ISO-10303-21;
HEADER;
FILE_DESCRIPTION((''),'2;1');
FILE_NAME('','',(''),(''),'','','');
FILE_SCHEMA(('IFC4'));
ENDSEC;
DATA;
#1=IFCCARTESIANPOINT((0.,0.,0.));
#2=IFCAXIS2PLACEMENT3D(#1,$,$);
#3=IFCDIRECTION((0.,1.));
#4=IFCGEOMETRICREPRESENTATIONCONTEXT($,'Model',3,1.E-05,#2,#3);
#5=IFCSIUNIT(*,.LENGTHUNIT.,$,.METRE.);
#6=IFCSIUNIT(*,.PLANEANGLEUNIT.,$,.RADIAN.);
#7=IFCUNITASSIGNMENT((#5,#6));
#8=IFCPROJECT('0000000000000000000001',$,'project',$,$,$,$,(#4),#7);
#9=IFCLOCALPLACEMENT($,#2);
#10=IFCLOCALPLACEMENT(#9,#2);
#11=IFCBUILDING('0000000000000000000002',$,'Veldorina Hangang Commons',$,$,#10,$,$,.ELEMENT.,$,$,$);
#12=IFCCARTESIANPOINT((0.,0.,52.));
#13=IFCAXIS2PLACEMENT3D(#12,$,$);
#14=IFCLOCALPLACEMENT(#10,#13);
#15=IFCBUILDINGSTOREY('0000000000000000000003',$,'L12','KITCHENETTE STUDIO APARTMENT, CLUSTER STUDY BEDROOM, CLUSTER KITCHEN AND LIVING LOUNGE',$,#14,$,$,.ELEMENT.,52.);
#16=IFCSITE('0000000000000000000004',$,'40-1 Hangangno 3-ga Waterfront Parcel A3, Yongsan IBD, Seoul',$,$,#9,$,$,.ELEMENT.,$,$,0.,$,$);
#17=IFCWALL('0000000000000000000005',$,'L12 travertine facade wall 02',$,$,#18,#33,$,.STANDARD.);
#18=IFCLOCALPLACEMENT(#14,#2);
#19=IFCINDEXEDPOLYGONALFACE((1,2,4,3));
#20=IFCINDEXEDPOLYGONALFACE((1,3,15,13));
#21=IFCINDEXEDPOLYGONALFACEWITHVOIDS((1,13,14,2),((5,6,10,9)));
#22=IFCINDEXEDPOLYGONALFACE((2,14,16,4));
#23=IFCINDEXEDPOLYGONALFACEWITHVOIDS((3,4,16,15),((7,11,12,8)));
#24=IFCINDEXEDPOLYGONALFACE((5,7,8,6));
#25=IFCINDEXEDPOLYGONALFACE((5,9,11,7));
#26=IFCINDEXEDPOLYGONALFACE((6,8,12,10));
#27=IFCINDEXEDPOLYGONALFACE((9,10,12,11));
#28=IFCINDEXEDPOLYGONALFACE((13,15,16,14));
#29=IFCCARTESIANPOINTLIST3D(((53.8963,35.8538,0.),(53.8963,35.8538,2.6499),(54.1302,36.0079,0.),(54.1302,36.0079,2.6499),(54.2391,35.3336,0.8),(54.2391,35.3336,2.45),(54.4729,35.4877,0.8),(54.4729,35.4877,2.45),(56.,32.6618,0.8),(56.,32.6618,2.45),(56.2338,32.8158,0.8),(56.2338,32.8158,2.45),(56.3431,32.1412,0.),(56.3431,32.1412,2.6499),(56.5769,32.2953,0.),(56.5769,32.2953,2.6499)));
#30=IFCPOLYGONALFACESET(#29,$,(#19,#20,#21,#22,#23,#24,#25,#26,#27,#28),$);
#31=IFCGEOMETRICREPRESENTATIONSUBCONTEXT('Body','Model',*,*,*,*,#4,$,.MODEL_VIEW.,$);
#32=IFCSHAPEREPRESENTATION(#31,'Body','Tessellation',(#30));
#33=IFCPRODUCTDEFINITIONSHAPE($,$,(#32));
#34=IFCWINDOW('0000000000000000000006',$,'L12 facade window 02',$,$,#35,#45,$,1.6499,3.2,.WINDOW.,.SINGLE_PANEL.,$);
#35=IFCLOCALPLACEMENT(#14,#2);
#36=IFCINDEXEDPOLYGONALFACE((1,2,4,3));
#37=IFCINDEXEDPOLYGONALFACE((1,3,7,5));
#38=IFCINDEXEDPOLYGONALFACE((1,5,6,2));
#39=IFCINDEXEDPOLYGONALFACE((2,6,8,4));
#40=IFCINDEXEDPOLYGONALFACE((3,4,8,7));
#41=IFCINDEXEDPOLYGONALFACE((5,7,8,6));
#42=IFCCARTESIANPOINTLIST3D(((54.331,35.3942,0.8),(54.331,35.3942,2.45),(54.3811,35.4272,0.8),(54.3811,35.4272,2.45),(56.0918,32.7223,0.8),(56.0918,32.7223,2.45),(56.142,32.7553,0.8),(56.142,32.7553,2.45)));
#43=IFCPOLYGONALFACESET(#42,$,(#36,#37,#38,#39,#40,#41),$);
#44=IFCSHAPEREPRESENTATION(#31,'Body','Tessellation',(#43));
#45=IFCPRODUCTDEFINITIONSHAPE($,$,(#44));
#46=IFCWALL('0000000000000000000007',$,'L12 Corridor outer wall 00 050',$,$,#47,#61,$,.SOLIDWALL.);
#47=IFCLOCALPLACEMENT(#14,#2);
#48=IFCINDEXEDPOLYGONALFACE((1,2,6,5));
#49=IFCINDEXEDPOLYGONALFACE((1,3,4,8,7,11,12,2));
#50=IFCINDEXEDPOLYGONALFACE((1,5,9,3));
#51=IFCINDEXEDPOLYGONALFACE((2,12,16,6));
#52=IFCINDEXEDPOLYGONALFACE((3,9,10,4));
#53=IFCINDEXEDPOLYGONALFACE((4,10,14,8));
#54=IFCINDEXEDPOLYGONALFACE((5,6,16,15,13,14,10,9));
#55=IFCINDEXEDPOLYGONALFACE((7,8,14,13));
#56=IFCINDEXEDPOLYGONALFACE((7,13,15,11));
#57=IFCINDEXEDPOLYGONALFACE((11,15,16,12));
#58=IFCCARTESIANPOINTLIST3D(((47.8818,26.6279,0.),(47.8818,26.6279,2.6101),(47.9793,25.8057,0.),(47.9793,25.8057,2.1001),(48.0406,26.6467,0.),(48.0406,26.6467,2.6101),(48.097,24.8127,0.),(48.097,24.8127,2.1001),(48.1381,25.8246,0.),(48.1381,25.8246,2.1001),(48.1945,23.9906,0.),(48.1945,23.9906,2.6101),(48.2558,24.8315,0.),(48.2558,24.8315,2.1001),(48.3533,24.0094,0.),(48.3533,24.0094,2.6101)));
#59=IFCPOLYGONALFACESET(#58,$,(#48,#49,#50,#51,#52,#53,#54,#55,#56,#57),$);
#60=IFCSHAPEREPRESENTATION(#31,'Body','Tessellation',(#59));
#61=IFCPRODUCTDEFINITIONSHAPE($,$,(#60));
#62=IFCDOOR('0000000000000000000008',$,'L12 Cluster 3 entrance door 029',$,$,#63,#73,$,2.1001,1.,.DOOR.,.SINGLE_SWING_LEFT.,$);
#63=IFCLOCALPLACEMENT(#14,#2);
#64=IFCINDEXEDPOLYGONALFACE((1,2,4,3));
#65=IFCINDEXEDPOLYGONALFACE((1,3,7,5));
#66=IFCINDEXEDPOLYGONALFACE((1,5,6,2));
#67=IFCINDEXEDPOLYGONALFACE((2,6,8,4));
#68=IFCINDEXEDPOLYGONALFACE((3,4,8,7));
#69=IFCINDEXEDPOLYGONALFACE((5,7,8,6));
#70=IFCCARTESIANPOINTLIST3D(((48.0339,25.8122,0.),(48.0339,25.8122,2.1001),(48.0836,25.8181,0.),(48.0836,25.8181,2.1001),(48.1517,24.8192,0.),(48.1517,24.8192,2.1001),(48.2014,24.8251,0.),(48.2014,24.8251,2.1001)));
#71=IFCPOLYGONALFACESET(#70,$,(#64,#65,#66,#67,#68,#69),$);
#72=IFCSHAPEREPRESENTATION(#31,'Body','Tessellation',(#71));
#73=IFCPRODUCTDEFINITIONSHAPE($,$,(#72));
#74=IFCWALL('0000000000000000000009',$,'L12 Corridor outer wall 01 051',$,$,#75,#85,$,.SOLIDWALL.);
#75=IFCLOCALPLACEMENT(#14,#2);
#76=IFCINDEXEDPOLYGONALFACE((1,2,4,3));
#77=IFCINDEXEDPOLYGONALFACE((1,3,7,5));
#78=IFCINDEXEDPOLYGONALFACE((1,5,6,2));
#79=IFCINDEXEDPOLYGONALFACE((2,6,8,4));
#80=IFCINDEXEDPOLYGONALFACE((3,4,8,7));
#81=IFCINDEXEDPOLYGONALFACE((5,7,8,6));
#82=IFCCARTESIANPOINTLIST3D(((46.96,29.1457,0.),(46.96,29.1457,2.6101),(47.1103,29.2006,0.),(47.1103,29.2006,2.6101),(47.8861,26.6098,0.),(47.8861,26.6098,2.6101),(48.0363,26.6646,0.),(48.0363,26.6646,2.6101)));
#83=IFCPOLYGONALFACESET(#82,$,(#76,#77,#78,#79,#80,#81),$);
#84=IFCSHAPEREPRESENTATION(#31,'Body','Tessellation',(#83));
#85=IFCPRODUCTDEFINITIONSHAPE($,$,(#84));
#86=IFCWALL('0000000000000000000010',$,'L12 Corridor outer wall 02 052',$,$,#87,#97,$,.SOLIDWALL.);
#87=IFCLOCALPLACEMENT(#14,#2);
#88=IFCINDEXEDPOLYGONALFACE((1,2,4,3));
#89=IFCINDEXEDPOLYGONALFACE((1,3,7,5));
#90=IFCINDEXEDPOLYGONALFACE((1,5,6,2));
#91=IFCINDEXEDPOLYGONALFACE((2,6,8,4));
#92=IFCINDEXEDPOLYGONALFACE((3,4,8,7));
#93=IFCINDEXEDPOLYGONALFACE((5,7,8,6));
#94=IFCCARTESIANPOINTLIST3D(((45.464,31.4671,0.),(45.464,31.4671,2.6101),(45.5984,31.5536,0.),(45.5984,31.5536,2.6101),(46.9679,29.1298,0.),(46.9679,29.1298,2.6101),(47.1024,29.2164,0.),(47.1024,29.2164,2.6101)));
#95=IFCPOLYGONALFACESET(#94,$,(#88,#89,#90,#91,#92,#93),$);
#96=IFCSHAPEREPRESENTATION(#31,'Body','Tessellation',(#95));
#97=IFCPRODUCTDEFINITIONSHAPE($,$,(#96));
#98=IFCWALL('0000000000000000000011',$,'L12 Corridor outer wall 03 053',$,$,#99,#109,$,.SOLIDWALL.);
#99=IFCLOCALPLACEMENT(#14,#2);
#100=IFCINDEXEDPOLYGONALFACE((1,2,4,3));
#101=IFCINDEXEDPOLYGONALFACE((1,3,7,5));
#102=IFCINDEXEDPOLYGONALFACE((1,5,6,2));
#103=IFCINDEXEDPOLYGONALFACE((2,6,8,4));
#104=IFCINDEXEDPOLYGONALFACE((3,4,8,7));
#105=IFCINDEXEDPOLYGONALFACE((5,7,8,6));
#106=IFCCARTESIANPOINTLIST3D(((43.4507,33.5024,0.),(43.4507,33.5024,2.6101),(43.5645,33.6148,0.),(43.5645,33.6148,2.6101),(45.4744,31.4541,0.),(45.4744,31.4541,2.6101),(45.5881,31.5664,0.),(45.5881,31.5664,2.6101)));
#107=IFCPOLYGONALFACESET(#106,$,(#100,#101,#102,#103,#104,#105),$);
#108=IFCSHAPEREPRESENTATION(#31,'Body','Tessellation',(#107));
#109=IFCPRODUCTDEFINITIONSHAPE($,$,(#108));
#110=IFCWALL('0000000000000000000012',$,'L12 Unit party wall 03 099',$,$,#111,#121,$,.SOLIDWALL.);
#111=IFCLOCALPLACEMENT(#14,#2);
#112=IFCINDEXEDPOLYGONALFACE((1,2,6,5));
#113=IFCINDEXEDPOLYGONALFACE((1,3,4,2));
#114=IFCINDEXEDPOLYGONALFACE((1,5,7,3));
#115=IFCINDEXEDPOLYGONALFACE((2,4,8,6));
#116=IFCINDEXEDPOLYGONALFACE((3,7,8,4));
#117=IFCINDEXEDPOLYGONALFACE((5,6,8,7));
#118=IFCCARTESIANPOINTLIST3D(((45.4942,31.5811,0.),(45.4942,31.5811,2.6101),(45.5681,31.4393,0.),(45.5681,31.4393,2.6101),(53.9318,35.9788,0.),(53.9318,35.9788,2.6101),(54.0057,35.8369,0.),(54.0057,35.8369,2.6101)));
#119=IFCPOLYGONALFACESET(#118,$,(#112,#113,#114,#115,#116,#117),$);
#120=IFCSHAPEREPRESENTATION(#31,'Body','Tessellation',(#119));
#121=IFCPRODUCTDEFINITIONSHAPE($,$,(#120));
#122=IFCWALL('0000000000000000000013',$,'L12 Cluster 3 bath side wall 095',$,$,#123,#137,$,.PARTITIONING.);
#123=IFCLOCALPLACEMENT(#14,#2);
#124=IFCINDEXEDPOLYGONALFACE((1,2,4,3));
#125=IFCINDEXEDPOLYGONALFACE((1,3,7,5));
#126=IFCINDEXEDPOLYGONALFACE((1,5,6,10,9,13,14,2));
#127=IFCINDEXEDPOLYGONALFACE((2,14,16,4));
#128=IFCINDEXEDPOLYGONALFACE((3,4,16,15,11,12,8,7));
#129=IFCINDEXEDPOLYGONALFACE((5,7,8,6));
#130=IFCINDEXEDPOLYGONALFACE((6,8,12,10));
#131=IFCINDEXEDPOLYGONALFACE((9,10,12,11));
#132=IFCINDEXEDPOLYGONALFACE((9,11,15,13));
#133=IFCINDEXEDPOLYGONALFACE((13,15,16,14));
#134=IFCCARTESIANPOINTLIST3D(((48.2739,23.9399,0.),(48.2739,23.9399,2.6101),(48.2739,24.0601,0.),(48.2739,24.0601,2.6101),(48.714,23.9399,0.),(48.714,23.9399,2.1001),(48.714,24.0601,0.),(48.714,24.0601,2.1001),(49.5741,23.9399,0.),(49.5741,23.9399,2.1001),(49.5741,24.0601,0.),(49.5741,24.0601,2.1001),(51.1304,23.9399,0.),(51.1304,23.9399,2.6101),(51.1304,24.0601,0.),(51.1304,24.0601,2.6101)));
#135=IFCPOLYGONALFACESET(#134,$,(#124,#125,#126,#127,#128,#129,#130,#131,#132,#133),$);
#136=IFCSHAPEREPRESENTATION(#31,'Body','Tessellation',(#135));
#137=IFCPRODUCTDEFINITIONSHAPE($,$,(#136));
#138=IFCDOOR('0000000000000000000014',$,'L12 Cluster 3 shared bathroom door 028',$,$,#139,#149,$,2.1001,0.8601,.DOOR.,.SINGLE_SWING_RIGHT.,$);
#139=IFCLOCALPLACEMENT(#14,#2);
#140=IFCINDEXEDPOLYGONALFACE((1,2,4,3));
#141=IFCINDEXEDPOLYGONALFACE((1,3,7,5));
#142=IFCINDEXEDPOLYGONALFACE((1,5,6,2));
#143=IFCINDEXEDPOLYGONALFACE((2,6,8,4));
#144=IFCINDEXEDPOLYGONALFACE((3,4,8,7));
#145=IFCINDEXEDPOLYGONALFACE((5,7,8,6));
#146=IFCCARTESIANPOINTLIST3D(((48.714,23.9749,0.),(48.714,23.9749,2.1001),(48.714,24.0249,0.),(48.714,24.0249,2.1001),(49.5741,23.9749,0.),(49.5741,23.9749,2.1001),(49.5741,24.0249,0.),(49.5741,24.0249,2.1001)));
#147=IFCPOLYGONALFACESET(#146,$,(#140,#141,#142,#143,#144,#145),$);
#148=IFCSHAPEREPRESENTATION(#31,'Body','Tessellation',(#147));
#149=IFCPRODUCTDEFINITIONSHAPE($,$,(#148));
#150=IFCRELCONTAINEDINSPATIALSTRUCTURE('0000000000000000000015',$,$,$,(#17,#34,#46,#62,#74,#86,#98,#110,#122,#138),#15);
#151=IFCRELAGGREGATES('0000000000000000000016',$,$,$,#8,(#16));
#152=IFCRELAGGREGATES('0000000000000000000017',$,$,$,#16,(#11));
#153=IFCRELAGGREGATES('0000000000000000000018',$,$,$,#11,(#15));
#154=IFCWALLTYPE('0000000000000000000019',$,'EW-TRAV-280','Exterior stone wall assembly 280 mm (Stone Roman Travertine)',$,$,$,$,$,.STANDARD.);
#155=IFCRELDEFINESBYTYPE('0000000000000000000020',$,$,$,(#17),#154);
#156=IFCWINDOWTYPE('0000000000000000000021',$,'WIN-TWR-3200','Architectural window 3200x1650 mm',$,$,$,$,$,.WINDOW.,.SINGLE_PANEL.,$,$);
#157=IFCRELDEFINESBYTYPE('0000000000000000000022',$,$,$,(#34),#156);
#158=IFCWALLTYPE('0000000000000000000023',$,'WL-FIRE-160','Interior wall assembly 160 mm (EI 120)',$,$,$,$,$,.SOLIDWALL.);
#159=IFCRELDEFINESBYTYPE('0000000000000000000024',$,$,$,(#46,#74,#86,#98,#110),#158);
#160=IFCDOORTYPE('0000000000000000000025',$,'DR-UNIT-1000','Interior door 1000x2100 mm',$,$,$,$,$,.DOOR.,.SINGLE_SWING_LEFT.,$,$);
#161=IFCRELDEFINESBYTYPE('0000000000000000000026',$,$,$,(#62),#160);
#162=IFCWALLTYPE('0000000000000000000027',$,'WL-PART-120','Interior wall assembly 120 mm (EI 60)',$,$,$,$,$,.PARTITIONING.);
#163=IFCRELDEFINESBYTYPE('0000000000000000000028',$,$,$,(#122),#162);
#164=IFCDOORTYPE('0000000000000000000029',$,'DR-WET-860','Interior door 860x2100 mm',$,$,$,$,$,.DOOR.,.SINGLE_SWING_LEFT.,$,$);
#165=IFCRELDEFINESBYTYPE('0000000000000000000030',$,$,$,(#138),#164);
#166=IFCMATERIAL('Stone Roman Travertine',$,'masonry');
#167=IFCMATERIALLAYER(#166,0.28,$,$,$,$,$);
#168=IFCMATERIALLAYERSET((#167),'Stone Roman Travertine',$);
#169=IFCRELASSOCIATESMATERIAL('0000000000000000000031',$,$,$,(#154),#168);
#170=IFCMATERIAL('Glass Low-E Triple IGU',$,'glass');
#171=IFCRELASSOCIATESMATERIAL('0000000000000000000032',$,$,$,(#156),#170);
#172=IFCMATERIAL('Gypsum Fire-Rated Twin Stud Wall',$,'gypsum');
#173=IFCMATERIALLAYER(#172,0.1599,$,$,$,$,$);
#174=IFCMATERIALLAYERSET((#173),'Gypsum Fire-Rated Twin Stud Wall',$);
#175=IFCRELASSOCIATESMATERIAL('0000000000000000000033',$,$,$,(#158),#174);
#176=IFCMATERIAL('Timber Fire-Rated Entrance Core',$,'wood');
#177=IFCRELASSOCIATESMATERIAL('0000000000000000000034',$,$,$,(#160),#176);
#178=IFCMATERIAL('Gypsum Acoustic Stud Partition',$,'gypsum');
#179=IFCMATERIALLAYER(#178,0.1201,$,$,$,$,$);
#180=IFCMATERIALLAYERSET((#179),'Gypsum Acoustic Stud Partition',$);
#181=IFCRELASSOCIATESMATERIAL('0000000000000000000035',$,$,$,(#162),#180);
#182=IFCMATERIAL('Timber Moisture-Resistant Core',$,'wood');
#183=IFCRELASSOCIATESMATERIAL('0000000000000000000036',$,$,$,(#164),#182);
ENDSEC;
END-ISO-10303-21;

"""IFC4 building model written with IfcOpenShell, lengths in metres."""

from ifc_helpers import new_model, si_unit, direction, frame, frame_2d, origin, place, context, subcontext, project, spatial, rectangle, extrude, material, layer, layer_set, type_object, element, fill, save


model = new_model("IFC4")

# Units and contexts
model_context = context("Model", 3, precision=1e-05, world=origin(), true_north=direction((0.0, 1.0)))
body_context = subcontext(model_context, "Body", "Model", "MODEL_VIEW")
ifc_project = project(units=[si_unit("LENGTHUNIT", "METRE"), si_unit("PLANEANGLEUNIT", "RADIAN")], contexts=[model_context])

# Site, building, storey
site_placement = place(None, origin())
site = spatial("IfcSite", under=ifc_project, at=site_placement, Name="40-1 Hangangno 3-ga Waterfront Parcel A3, Yongsan IBD, Seoul", CompositionType="ELEMENT", RefElevation=0.0)
building_placement = place(site_placement, origin())
building = spatial("IfcBuilding", under=site, at=building_placement, Name="Veldorina Hangang Commons", CompositionType="ELEMENT")
storey_placement = place(building_placement, frame((0.0, 0.0, 52.0)))
storey = spatial("IfcBuildingStorey", under=building, at=storey_placement, Name="L12", Description="KITCHENETTE STUDIO APARTMENT, CLUSTER STUDY BEDROOM, CLUSTER KITCHEN AND LIVING LOUNGE", CompositionType="ELEMENT", Elevation=52.0)

# Shared definitions
ifc_material_1 = material(Name="Stone Roman Travertine", Category="masonry")
ifc_layer_1 = layer(ifc_material_1, 0.28)
ifc_layer_set_1 = layer_set([ifc_layer_1], Name="Stone Roman Travertine")
wall_type_1 = type_object("IfcWallType", Name="EW-TRAV-280", Description="Exterior stone wall assembly 280 mm (Stone Roman Travertine)", PredefinedType="STANDARD", material=ifc_layer_set_1)
ifc_material_2 = material(Name="Glass Low-E Triple IGU", Category="glass")

# Wall, opening, window
wall_1_placement = place(storey_placement, frame((56.46, 32.2183, 0.0), z_axis=(0.0, 0.0, 1.0), x_axis=(-0.550283, 0.834978, 0.0)))
wall_1 = element("IfcWall", 1, at=wall_1_placement, inside=storey, type_object=wall_type_1, Name="L12 travertine facade wall 02", PredefinedType="STANDARD", context=body_context, shape_type="SweptSolid", body=[
    extrude(rectangle(XDim=4.4463, YDim=0.28, at=frame_2d((2.2231, 0.0))), origin(), (0.0, 0.0, 1.0), 2.6499),
])
opening_1_placement = place(wall_1_placement, frame((0.6233, 0.0, 0.8)))
opening_1 = element("IfcOpeningElement", 2, at=opening_1_placement, cuts=wall_1, PredefinedType="OPENING", context=body_context, shape_type="SweptSolid", body=[
    extrude(rectangle(XDim=3.2, YDim=1.6499, at=frame_2d((1.6001, 0.825))), frame((0.0, 0.1499, 0.0), z_axis=(0.0, -1.0, 0.0), x_axis=(1.0, 0.0, 0.0)), (0.0, 0.0, 1.0), 0.3),
])
window_type_1 = type_object("IfcWindowType", Name="WIN-TWR-3200", Description="Architectural window 3200x1650 mm", PartitioningType="SINGLE_PANEL", PredefinedType="WINDOW", material=ifc_material_2)
window_1_placement = place(opening_1_placement, origin())
window_1 = element("IfcWindow", 3, at=window_1_placement, inside=storey, type_object=window_type_1, Name="L12 facade window 02", OverallHeight=1.6499, OverallWidth=3.2, PartitioningType="SINGLE_PANEL", PredefinedType="WINDOW", context=body_context, shape_type="SweptSolid", body=[
    extrude(rectangle(XDim=3.2, YDim=1.6499, at=frame_2d((1.6001, 0.825))), frame((0.0, 0.03, 0.0), z_axis=(0.0, -1.0, 0.0), x_axis=(1.0, 0.0, 0.0)), (0.0, 0.0, 1.0), 0.0601),
])
fill(opening_1, window_1)

# Wall, opening, door
ifc_material_3 = material(Name="Gypsum Fire-Rated Twin Stud Wall", Category="gypsum")
ifc_layer_2 = layer(ifc_material_3, 0.1599)
ifc_layer_set_2 = layer_set([ifc_layer_2], Name="Gypsum Fire-Rated Twin Stud Wall")
wall_type_2 = type_object("IfcWallType", Name="WL-FIRE-160", Description="Interior wall assembly 160 mm (EI 120)", PredefinedType="SOLIDWALL", material=ifc_layer_set_2)
wall_2_placement = place(storey_placement, frame((48.2739, 24.0, 0.0), z_axis=(0.0, 0.0, 1.0), x_axis=(-0.117764, 0.993042, 0.0)))
wall_2 = element("IfcWall", 4, at=wall_2_placement, inside=storey, type_object=wall_type_2, Name="L12 Corridor outer wall 00 050", PredefinedType="SOLIDWALL", context=body_context, shape_type="SweptSolid", body=[
    extrude(rectangle(XDim=2.6558, YDim=0.1599, at=frame_2d((1.3279, 0.0))), origin(), (0.0, 0.0, 1.0), 2.6101),
])
opening_2_placement = place(wall_2_placement, frame((0.8279, 0.0, 0.0)))
opening_2 = element("IfcOpeningElement", 5, at=opening_2_placement, cuts=wall_2, PredefinedType="OPENING", context=body_context, shape_type="SweptSolid", body=[
    extrude(rectangle(XDim=1.0, YDim=2.1001, at=frame_2d((0.5, 1.05))), frame((0.0, 0.0898, 0.0), z_axis=(0.0, -1.0, 0.0), x_axis=(1.0, 0.0, 0.0)), (0.0, 0.0, 1.0), 0.1799),
])
ifc_material_4 = material(Name="Timber Fire-Rated Entrance Core", Category="wood")
door_type_1 = type_object("IfcDoorType", Name="DR-UNIT-1000", Description="Interior door 1000x2100 mm", OperationType="SINGLE_SWING_LEFT", PredefinedType="DOOR", material=ifc_material_4)
door_1_placement = place(opening_2_placement, origin())
door_1 = element("IfcDoor", 6, at=door_1_placement, inside=storey, type_object=door_type_1, Name="L12 Cluster 3 entrance door 029", OperationType="SINGLE_SWING_LEFT", OverallHeight=2.1001, OverallWidth=1.0, PredefinedType="DOOR", context=body_context, shape_type="SweptSolid", body=[
    extrude(rectangle(XDim=1.0, YDim=2.1001, at=frame_2d((0.5, 1.05))), frame((0.0, 0.0249, 0.0), z_axis=(0.0, -1.0, 0.0), x_axis=(1.0, 0.0, 0.0)), (0.0, 0.0, 1.0), 0.05),
])
fill(opening_2, door_1)

# Walls
wall_3_placement = place(storey_placement, frame((47.9612, 26.6372, 0.0), z_axis=(0.0, 0.0, 1.0), x_axis=(-0.343013, 0.93933, 0.0)))
element("IfcWall", 7, at=wall_3_placement, inside=storey, type_object=wall_type_2, Name="L12 Corridor outer wall 01 051", PredefinedType="SOLIDWALL", context=body_context, shape_type="SweptSolid", body=[
    extrude(rectangle(XDim=2.6997, YDim=0.1599, at=frame_2d((1.3499, 0.0))), origin(), (0.0, 0.0, 1.0), 2.6101),
])
wall_4_placement = place(storey_placement, frame((47.0352, 29.1731, 0.0), z_axis=(0.0, 0.0, 1.0), x_axis=(-0.541126, 0.840941, 0.0)))
element("IfcWall", 8, at=wall_4_placement, inside=storey, type_object=wall_type_2, Name="L12 Corridor outer wall 02 052", PredefinedType="SOLIDWALL", context=body_context, shape_type="SweptSolid", body=[
    extrude(rectangle(XDim=2.7793, YDim=0.1599, at=frame_2d((1.3896, 0.0))), origin(), (0.0, 0.0, 1.0), 2.6101),
])
wall_5_placement = place(storey_placement, frame((45.5312, 31.5103, 0.0), z_axis=(0.0, 0.0, 1.0), x_axis=(-0.702812, 0.711376, 0.0)))
element("IfcWall", 9, at=wall_5_placement, inside=storey, type_object=wall_type_2, Name="L12 Corridor outer wall 03 053", PredefinedType="SOLIDWALL", context=body_context, shape_type="SweptSolid", body=[
    extrude(rectangle(XDim=2.8794, YDim=0.1599, at=frame_2d((1.4397, 0.0))), origin(), (0.0, 0.0, 1.0), 2.6101),
])
wall_6_placement = place(storey_placement, frame((45.5312, 31.5103, 0.0), z_axis=(0.0, 0.0, 1.0), x_axis=(0.886783, 0.462186, 0.0)))
element("IfcWall", 10, at=wall_6_placement, inside=storey, type_object=wall_type_2, Name="L12 Unit party wall 03 099", PredefinedType="SOLIDWALL", context=body_context, shape_type="SweptSolid", body=[
    extrude(rectangle(XDim=9.5149, YDim=0.1599, at=frame_2d((4.7573, 0.0))), origin(), (0.0, 0.0, 1.0), 2.6101),
])

# Wall, opening, door
ifc_material_5 = material(Name="Gypsum Acoustic Stud Partition", Category="gypsum")
ifc_layer_3 = layer(ifc_material_5, 0.1201)
ifc_layer_set_3 = layer_set([ifc_layer_3], Name="Gypsum Acoustic Stud Partition")
wall_type_3 = type_object("IfcWallType", Name="WL-PART-120", Description="Interior wall assembly 120 mm (EI 60)", PredefinedType="PARTITIONING", material=ifc_layer_set_3)
wall_7_placement = place(storey_placement, frame((48.2739, 24.0, 0.0), z_axis=(0.0, 0.0, 1.0), x_axis=(1.0, 0.0, 0.0)))
wall_7 = element("IfcWall", 11, at=wall_7_placement, inside=storey, type_object=wall_type_3, Name="L12 Cluster 3 bath side wall 095", PredefinedType="PARTITIONING", context=body_context, shape_type="SweptSolid", body=[
    extrude(rectangle(XDim=2.8564, YDim=0.1201, at=frame_2d((1.4282, 0.0))), origin(), (0.0, 0.0, 1.0), 2.6101),
])
opening_3_placement = place(wall_7_placement, frame((0.4399, 0.0, 0.0)))
opening_3 = element("IfcOpeningElement", 12, at=opening_3_placement, cuts=wall_7, PredefinedType="OPENING", context=body_context, shape_type="SweptSolid", body=[
    extrude(rectangle(XDim=0.8601, YDim=2.1001, at=frame_2d((0.4302, 1.05))), frame((0.0, 0.0701, 0.0), z_axis=(0.0, -1.0, 0.0), x_axis=(1.0, 0.0, 0.0)), (0.0, 0.0, 1.0), 0.1401),
])
ifc_material_6 = material(Name="Timber Moisture-Resistant Core", Category="wood")
door_type_2 = type_object("IfcDoorType", Name="DR-WET-860", Description="Interior door 860x2100 mm", OperationType="SINGLE_SWING_LEFT", PredefinedType="DOOR", material=ifc_material_6)
door_2_placement = place(opening_3_placement, origin())
door_2 = element("IfcDoor", 13, at=door_2_placement, inside=storey, type_object=door_type_2, Name="L12 Cluster 3 shared bathroom door 028", OperationType="SINGLE_SWING_RIGHT", OverallHeight=2.1001, OverallWidth=0.8601, PredefinedType="DOOR", context=body_context, shape_type="SweptSolid", body=[
    extrude(rectangle(XDim=0.8601, YDim=2.1001, at=frame_2d((0.4302, 1.05))), frame((0.0, 0.0249, 0.0), z_axis=(0.0, -1.0, 0.0), x_axis=(1.0, 0.0, 0.0)), (0.0, 0.0, 1.0), 0.05),
])
fill(opening_3, door_2)

save(model, "model.ifc")
